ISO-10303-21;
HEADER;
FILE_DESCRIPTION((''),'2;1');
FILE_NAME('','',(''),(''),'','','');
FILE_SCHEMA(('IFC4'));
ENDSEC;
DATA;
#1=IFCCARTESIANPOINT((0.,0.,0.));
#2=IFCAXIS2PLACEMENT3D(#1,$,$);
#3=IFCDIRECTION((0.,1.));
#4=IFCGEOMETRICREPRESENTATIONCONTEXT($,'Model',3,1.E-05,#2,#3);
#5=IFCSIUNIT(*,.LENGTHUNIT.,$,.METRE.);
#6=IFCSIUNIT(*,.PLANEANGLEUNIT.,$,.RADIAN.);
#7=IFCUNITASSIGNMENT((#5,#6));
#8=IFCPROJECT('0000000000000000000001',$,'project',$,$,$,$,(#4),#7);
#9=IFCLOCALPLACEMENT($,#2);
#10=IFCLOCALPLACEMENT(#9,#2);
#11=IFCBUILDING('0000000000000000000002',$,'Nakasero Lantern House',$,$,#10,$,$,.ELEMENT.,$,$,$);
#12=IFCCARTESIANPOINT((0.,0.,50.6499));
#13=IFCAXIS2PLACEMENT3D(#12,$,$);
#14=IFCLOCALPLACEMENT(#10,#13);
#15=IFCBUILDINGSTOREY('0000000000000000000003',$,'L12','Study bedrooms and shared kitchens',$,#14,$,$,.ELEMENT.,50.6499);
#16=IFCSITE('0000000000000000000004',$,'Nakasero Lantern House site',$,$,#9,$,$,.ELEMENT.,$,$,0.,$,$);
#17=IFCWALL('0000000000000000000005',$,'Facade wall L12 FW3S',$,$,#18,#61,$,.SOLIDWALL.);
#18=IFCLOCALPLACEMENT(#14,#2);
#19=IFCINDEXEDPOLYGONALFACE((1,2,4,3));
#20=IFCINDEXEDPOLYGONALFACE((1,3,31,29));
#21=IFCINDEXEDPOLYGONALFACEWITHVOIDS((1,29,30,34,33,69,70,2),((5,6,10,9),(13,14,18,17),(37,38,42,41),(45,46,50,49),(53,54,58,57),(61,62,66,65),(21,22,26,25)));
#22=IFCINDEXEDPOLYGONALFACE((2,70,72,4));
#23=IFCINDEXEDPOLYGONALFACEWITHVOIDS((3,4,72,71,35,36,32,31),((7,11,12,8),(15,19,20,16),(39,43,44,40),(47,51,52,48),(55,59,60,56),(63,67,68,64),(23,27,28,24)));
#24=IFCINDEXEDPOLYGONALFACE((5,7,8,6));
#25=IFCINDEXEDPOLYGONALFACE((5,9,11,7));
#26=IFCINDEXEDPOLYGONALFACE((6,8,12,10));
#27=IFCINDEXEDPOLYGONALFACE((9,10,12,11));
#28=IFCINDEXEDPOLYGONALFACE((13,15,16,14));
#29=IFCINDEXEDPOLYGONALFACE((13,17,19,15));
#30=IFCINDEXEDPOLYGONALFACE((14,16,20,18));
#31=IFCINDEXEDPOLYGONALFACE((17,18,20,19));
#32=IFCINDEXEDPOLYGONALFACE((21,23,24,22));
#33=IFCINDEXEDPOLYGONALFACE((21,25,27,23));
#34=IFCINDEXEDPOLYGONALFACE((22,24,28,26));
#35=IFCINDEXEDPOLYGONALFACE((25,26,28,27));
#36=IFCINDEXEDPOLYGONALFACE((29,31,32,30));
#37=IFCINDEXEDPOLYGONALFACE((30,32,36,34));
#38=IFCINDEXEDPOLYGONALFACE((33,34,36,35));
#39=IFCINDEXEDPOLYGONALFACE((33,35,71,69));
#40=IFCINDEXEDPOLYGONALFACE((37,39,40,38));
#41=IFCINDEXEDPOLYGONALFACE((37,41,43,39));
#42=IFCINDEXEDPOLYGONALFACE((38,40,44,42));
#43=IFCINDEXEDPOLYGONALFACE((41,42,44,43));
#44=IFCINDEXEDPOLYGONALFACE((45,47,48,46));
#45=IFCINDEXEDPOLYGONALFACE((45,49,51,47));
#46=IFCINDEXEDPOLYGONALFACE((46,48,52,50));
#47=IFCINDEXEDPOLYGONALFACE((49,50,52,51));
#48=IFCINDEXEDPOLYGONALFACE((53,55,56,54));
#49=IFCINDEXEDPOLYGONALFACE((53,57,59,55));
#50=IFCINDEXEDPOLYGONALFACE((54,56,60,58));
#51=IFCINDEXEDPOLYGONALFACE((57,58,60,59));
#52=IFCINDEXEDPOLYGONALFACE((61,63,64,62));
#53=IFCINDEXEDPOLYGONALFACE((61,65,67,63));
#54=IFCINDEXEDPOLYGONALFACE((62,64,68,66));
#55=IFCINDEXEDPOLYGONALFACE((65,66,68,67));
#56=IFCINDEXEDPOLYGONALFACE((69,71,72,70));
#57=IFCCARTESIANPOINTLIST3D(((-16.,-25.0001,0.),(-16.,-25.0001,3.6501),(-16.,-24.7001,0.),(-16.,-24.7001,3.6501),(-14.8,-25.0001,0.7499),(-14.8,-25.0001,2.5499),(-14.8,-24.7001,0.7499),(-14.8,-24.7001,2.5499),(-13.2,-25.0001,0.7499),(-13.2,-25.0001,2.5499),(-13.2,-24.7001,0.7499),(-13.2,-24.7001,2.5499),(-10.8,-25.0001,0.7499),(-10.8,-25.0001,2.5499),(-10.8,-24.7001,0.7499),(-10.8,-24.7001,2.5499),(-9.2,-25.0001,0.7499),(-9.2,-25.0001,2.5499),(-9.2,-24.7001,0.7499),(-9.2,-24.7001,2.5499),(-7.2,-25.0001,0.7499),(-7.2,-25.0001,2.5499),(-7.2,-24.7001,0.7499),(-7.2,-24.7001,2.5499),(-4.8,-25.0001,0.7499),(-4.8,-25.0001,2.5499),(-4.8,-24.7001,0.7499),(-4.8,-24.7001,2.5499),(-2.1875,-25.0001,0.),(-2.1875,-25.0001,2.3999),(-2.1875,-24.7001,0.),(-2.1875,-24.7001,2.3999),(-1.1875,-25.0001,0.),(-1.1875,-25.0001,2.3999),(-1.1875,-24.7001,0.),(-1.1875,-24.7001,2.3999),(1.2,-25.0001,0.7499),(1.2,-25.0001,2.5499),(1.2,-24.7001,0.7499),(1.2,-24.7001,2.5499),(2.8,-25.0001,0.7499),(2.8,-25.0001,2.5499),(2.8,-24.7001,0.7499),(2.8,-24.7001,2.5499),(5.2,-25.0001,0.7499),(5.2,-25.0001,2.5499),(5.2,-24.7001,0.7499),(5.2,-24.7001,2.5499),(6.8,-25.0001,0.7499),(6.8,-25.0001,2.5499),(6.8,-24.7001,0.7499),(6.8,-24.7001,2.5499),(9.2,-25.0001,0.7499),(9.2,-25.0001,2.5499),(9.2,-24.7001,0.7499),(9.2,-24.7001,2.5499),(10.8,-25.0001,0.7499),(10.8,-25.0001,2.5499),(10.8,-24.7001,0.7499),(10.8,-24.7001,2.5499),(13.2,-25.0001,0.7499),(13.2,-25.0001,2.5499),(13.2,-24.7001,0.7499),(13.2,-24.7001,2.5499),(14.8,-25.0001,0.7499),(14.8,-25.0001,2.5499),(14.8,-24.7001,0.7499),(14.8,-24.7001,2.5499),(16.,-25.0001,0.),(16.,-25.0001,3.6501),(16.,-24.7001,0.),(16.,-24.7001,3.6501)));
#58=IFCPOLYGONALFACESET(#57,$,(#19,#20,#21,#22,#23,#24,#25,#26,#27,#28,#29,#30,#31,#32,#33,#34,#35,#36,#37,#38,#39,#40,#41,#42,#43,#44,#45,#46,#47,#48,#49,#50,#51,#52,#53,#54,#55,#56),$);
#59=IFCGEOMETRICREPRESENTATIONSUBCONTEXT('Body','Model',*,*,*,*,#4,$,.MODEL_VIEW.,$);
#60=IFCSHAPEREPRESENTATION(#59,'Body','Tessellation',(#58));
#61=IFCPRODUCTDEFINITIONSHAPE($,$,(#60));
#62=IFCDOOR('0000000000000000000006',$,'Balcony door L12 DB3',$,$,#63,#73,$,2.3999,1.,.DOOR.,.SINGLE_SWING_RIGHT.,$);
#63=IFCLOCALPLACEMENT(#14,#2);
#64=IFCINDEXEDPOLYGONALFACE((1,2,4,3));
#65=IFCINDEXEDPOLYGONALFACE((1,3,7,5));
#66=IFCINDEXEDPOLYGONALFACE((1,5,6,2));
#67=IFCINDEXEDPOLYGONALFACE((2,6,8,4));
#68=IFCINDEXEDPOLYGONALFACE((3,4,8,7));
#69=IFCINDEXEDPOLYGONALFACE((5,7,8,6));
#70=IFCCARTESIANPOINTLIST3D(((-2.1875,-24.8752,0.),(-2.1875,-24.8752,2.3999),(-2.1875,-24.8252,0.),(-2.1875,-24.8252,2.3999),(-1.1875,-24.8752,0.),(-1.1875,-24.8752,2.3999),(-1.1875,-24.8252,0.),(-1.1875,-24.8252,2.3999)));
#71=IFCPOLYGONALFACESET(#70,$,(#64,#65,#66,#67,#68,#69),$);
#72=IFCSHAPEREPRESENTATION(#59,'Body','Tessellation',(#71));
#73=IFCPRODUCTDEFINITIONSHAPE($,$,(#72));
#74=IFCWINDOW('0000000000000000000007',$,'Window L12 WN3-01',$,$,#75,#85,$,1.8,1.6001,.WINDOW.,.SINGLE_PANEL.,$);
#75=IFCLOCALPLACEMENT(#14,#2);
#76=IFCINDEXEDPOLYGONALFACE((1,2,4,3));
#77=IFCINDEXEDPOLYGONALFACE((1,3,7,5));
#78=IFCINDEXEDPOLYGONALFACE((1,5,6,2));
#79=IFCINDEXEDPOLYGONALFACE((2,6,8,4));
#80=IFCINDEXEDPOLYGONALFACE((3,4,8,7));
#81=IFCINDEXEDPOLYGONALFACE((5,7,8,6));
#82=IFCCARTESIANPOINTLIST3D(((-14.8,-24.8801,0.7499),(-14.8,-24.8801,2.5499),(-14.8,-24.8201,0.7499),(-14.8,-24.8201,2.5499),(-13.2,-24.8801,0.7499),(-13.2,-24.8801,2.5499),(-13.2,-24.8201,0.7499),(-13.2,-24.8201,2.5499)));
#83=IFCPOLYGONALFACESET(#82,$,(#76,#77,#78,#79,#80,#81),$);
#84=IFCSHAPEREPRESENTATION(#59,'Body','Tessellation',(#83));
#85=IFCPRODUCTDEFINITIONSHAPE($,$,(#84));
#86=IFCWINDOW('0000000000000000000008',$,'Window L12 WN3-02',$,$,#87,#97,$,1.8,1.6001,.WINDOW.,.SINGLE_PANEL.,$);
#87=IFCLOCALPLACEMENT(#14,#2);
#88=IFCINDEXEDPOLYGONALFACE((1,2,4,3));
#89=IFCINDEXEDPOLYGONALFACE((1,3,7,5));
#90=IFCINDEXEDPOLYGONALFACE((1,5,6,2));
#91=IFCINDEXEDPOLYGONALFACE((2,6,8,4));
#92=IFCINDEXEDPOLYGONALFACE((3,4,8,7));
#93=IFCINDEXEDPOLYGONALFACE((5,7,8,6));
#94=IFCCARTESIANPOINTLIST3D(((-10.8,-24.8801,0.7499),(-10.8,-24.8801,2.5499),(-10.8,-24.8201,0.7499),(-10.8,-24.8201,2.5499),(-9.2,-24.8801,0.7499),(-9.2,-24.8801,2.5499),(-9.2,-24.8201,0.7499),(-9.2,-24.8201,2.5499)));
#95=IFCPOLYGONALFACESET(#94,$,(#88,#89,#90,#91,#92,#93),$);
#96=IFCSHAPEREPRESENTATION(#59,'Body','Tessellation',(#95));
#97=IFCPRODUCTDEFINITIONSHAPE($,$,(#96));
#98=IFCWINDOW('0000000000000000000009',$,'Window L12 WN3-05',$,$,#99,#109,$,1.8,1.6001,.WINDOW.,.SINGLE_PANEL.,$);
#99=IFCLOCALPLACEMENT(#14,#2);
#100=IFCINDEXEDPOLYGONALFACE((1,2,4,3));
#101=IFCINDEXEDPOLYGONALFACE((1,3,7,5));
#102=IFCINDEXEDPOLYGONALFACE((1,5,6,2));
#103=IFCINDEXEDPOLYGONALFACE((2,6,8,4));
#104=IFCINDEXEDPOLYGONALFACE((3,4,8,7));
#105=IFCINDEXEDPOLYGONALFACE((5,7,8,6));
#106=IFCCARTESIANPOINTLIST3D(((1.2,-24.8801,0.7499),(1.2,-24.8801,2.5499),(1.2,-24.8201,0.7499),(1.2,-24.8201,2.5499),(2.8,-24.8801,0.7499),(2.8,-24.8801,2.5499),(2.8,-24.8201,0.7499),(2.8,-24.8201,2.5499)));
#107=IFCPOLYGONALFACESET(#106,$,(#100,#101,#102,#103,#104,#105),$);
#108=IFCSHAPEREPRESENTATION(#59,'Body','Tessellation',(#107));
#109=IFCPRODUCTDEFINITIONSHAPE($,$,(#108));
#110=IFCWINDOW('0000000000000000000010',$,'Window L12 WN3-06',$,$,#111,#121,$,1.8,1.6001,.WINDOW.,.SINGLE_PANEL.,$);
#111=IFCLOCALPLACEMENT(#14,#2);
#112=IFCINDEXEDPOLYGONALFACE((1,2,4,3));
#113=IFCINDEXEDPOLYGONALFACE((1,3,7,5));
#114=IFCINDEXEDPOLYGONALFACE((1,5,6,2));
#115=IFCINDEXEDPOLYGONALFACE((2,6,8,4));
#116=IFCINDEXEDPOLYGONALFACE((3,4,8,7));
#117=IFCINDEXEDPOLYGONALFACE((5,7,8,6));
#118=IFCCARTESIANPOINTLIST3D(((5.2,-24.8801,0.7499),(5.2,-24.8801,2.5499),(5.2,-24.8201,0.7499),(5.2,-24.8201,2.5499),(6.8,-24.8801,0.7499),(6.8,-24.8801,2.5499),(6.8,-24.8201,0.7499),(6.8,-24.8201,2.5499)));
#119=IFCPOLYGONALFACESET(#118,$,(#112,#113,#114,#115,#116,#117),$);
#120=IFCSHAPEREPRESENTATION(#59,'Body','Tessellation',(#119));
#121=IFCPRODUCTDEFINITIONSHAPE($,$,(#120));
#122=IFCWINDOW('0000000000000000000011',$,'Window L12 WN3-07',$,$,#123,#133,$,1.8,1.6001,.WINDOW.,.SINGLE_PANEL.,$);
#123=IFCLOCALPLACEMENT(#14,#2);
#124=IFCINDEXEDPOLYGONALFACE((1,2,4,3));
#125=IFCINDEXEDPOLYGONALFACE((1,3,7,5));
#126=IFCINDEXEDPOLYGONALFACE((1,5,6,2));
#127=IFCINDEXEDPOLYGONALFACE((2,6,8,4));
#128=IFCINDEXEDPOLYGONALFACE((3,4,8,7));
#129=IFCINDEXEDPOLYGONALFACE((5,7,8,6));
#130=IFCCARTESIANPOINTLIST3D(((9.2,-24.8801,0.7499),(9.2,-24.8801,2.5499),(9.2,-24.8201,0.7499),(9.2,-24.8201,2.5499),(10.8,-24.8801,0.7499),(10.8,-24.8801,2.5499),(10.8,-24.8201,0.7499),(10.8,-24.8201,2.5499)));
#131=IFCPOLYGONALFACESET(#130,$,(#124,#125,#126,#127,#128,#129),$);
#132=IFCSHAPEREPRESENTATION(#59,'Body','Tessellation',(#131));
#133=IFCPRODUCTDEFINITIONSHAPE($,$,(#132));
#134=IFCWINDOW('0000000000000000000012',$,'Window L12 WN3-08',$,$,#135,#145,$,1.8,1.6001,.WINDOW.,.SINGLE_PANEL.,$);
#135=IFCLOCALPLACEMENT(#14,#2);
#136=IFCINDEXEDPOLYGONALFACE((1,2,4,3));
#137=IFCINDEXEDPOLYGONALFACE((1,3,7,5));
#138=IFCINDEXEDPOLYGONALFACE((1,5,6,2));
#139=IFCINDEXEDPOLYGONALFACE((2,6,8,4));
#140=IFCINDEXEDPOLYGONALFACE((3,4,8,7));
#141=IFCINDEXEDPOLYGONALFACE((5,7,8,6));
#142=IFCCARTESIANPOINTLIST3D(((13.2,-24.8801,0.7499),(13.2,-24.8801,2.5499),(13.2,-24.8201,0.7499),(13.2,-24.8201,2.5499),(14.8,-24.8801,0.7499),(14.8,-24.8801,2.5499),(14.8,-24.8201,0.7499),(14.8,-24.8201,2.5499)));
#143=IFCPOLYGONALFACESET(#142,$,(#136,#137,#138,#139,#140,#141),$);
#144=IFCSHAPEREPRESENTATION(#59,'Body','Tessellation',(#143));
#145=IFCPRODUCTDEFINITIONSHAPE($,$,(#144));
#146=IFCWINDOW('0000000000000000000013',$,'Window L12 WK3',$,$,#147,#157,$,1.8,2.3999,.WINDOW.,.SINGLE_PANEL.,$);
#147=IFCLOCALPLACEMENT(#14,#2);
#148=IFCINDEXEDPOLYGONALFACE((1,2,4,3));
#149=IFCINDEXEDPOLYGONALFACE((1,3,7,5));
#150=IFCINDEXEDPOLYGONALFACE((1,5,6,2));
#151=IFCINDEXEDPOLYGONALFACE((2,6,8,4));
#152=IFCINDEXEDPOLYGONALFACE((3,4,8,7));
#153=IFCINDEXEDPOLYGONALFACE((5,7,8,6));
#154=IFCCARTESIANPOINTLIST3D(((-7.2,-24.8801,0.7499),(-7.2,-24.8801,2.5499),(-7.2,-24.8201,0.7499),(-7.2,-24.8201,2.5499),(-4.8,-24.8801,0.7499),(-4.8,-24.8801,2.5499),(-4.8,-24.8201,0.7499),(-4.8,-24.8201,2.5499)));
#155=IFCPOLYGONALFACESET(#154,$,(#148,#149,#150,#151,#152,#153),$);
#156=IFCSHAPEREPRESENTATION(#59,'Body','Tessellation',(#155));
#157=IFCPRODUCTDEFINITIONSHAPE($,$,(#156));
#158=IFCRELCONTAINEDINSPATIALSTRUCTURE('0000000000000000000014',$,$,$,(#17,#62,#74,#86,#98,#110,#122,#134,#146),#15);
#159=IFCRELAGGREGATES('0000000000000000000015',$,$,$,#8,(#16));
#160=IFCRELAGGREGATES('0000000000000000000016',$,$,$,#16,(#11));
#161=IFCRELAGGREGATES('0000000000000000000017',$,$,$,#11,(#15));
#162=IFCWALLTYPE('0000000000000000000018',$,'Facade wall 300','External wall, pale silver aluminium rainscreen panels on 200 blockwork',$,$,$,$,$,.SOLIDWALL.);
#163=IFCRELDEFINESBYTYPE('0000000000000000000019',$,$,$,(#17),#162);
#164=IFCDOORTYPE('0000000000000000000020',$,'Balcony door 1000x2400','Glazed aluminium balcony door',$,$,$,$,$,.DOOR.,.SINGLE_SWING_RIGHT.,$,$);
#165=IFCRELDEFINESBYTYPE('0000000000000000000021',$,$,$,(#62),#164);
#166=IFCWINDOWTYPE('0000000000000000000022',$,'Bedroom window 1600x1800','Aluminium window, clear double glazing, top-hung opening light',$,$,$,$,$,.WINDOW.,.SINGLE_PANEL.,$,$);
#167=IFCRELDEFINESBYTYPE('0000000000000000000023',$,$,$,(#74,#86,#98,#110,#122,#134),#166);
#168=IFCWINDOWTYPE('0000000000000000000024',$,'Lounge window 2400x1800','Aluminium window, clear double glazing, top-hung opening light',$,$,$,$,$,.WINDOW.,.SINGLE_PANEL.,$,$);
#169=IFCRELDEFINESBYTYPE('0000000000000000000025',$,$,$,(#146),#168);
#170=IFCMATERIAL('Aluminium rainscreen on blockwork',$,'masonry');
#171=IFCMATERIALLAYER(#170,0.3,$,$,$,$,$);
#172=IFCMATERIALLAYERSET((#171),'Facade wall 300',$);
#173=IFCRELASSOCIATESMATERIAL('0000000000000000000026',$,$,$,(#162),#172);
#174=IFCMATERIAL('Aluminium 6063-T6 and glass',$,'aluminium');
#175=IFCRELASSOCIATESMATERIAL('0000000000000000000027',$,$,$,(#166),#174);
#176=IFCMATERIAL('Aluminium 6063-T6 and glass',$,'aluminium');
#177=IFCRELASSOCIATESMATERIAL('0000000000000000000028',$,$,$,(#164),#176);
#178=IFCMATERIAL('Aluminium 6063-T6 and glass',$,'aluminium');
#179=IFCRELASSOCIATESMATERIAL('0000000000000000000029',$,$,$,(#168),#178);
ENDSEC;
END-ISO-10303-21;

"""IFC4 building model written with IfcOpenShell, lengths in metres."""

from ifc_helpers import new_model, si_unit, direction, frame, frame_2d, origin, place, context, subcontext, project, spatial, rectangle, extrude, material, layer, layer_set, type_object, element, fill, save


model = new_model("IFC4")

# Units and contexts
model_context = context("Model", 3, precision=1e-05, world=origin(), true_north=direction((0.0, 1.0)))
body_context = subcontext(model_context, "Body", "Model", "MODEL_VIEW")
ifc_project = project(units=[si_unit("LENGTHUNIT", "METRE"), si_unit("PLANEANGLEUNIT", "RADIAN")], contexts=[model_context])

# Site, building, storey
site_placement = place(None, origin())
site = spatial("IfcSite", under=ifc_project, at=site_placement, Name="Nakasero Lantern House site", CompositionType="ELEMENT", RefElevation=0.0)
building_placement = place(site_placement, origin())
building = spatial("IfcBuilding", under=site, at=building_placement, Name="Nakasero Lantern House", CompositionType="ELEMENT")
storey_placement = place(building_placement, frame((0.0, 0.0, 50.6499)))
storey = spatial("IfcBuildingStorey", under=building, at=storey_placement, Name="L12", Description="Study bedrooms and shared kitchens", CompositionType="ELEMENT", Elevation=50.6499)

# Shared definitions
ifc_material_1 = material(Name="Aluminium rainscreen on blockwork", Category="masonry")
ifc_layer_1 = layer(ifc_material_1, 0.3)
ifc_layer_set_1 = layer_set([ifc_layer_1], Name="Facade wall 300")
wall_type_1 = type_object("IfcWallType", Name="Facade wall 300", Description="External wall, pale silver aluminium rainscreen panels on 200 blockwork", PredefinedType="SOLIDWALL", material=ifc_layer_set_1)
ifc_material_2 = material(Name="Aluminium 6063-T6 and glass", Category="aluminium")
window_type_1 = type_object("IfcWindowType", Name="Bedroom window 1600x1800", Description="Aluminium window, clear double glazing, top-hung opening light", PartitioningType="SINGLE_PANEL", PredefinedType="WINDOW", material=ifc_material_2)

# Wall, openings, door, windows
wall_1_placement = place(storey_placement, frame((-16.0, -24.8501, 0.0), z_axis=(0.0, 0.0, 1.0), x_axis=(1.0, 0.0, 0.0)))
wall_1 = element("IfcWall", 1, at=wall_1_placement, inside=storey, type_object=wall_type_1, Name="Facade wall L12 FW3S", PredefinedType="SOLIDWALL", context=body_context, shape_type="SweptSolid", body=[
    extrude(rectangle(XDim=32.0, YDim=0.3, at=frame_2d((16.0, 0.0))), origin(), (0.0, 0.0, 1.0), 3.6501),
])
opening_1_placement = place(wall_1_placement, frame((1.2, 0.0, 0.75)))
opening_1 = element("IfcOpeningElement", 2, at=opening_1_placement, cuts=wall_1, PredefinedType="OPENING", context=body_context, shape_type="SweptSolid", body=[
    extrude(rectangle(XDim=1.6001, YDim=1.8, at=frame_2d((0.8, 0.8999))), frame((0.0, 0.1699, 0.0), z_axis=(0.0, -1.0, 0.0), x_axis=(1.0, 0.0, 0.0)), (0.0, 0.0, 1.0), 0.3401),
])
opening_2_placement = place(wall_1_placement, frame((5.2, 0.0, 0.75)))
opening_2 = element("IfcOpeningElement", 3, at=opening_2_placement, cuts=wall_1, PredefinedType="OPENING", context=body_context, shape_type="SweptSolid", body=[
    extrude(rectangle(XDim=1.6001, YDim=1.8, at=frame_2d((0.8, 0.8999))), frame((0.0, 0.1699, 0.0), z_axis=(0.0, -1.0, 0.0), x_axis=(1.0, 0.0, 0.0)), (0.0, 0.0, 1.0), 0.3401),
])
opening_3_placement = place(wall_1_placement, frame((17.2, 0.0, 0.75)))
opening_3 = element("IfcOpeningElement", 4, at=opening_3_placement, cuts=wall_1, PredefinedType="OPENING", context=body_context, shape_type="SweptSolid", body=[
    extrude(rectangle(XDim=1.6001, YDim=1.8, at=frame_2d((0.8, 0.8999))), frame((0.0, 0.1699, 0.0), z_axis=(0.0, -1.0, 0.0), x_axis=(1.0, 0.0, 0.0)), (0.0, 0.0, 1.0), 0.3401),
])
opening_4_placement = place(wall_1_placement, frame((21.2, 0.0, 0.75)))
opening_4 = element("IfcOpeningElement", 5, at=opening_4_placement, cuts=wall_1, PredefinedType="OPENING", context=body_context, shape_type="SweptSolid", body=[
    extrude(rectangle(XDim=1.6001, YDim=1.8, at=frame_2d((0.8, 0.8999))), frame((0.0, 0.1699, 0.0), z_axis=(0.0, -1.0, 0.0), x_axis=(1.0, 0.0, 0.0)), (0.0, 0.0, 1.0), 0.3401),
])
opening_5_placement = place(wall_1_placement, frame((25.2, 0.0, 0.75)))
opening_5 = element("IfcOpeningElement", 6, at=opening_5_placement, cuts=wall_1, PredefinedType="OPENING", context=body_context, shape_type="SweptSolid", body=[
    extrude(rectangle(XDim=1.6001, YDim=1.8, at=frame_2d((0.8, 0.8999))), frame((0.0, 0.1699, 0.0), z_axis=(0.0, -1.0, 0.0), x_axis=(1.0, 0.0, 0.0)), (0.0, 0.0, 1.0), 0.3401),
])
opening_6_placement = place(wall_1_placement, frame((29.2, 0.0, 0.75)))
opening_6 = element("IfcOpeningElement", 7, at=opening_6_placement, cuts=wall_1, PredefinedType="OPENING", context=body_context, shape_type="SweptSolid", body=[
    extrude(rectangle(XDim=1.6001, YDim=1.8, at=frame_2d((0.8, 0.8999))), frame((0.0, 0.1699, 0.0), z_axis=(0.0, -1.0, 0.0), x_axis=(1.0, 0.0, 0.0)), (0.0, 0.0, 1.0), 0.3401),
])
opening_7_placement = place(wall_1_placement, frame((8.8, 0.0, 0.75)))
opening_7 = element("IfcOpeningElement", 8, at=opening_7_placement, cuts=wall_1, PredefinedType="OPENING", context=body_context, shape_type="SweptSolid", body=[
    extrude(rectangle(XDim=2.3999, YDim=1.8, at=frame_2d((1.2, 0.8999))), frame((0.0, 0.1699, 0.0), z_axis=(0.0, -1.0, 0.0), x_axis=(1.0, 0.0, 0.0)), (0.0, 0.0, 1.0), 0.3401),
])
opening_8_placement = place(wall_1_placement, frame((13.8125, 0.0, 0.0)))
opening_8 = element("IfcOpeningElement", 9, at=opening_8_placement, cuts=wall_1, PredefinedType="OPENING", context=body_context, shape_type="SweptSolid", body=[
    extrude(rectangle(XDim=1.0, YDim=2.3999, at=frame_2d((0.5, 1.2))), frame((0.0, 0.1699, 0.0), z_axis=(0.0, -1.0, 0.0), x_axis=(1.0, 0.0, 0.0)), (0.0, 0.0, 1.0), 0.3401),
])
ifc_material_3 = material(Name="Aluminium 6063-T6 and glass", Category="aluminium")
door_type_1 = type_object("IfcDoorType", Name="Balcony door 1000x2400", Description="Glazed aluminium balcony door", OperationType="SINGLE_SWING_RIGHT", PredefinedType="DOOR", material=ifc_material_3)
door_1_placement = place(opening_8_placement, origin())
door_1 = element("IfcDoor", 10, at=door_1_placement, inside=storey, type_object=door_type_1, Name="Balcony door L12 DB3", OperationType="SINGLE_SWING_RIGHT", OverallHeight=2.3999, OverallWidth=1.0, PredefinedType="DOOR", context=body_context, shape_type="SweptSolid", body=[
    extrude(rectangle(XDim=1.0, YDim=2.3999, at=frame_2d((0.5, 1.2))), frame((0.0, 0.0249, 0.0), z_axis=(0.0, -1.0, 0.0), x_axis=(1.0, 0.0, 0.0)), (0.0, 0.0, 1.0), 0.05),
])
fill(opening_8, door_1)
window_1_placement = place(opening_1_placement, origin())
window_1 = element("IfcWindow", 11, at=window_1_placement, inside=storey, type_object=window_type_1, Name="Window L12 WN3-01", OverallHeight=1.8, OverallWidth=1.6001, PartitioningType="SINGLE_PANEL", PredefinedType="WINDOW", context=body_context, shape_type="SweptSolid", body=[
    extrude(rectangle(XDim=1.6001, YDim=1.8, at=frame_2d((0.8, 0.8999))), frame((0.0, 0.03, 0.0), z_axis=(0.0, -1.0, 0.0), x_axis=(1.0, 0.0, 0.0)), (0.0, 0.0, 1.0), 0.0601),
])
fill(opening_1, window_1)
window_2_placement = place(opening_2_placement, origin())
window_2 = element("IfcWindow", 12, at=window_2_placement, inside=storey, type_object=window_type_1, Name="Window L12 WN3-02", OverallHeight=1.8, OverallWidth=1.6001, PartitioningType="SINGLE_PANEL", PredefinedType="WINDOW", context=body_context, shape_type="SweptSolid", body=[
    extrude(rectangle(XDim=1.6001, YDim=1.8, at=frame_2d((0.8, 0.8999))), frame((0.0, 0.03, 0.0), z_axis=(0.0, -1.0, 0.0), x_axis=(1.0, 0.0, 0.0)), (0.0, 0.0, 1.0), 0.0601),
])
fill(opening_2, window_2)
window_3_placement = place(opening_3_placement, origin())
window_3 = element("IfcWindow", 13, at=window_3_placement, inside=storey, type_object=window_type_1, Name="Window L12 WN3-05", OverallHeight=1.8, OverallWidth=1.6001, PartitioningType="SINGLE_PANEL", PredefinedType="WINDOW", context=body_context, shape_type="SweptSolid", body=[
    extrude(rectangle(XDim=1.6001, YDim=1.8, at=frame_2d((0.8, 0.8999))), frame((0.0, 0.03, 0.0), z_axis=(0.0, -1.0, 0.0), x_axis=(1.0, 0.0, 0.0)), (0.0, 0.0, 1.0), 0.0601),
])
fill(opening_3, window_3)
window_4_placement = place(opening_4_placement, origin())
window_4 = element("IfcWindow", 14, at=window_4_placement, inside=storey, type_object=window_type_1, Name="Window L12 WN3-06", OverallHeight=1.8, OverallWidth=1.6001, PartitioningType="SINGLE_PANEL", PredefinedType="WINDOW", context=body_context, shape_type="SweptSolid", body=[
    extrude(rectangle(XDim=1.6001, YDim=1.8, at=frame_2d((0.8, 0.8999))), frame((0.0, 0.03, 0.0), z_axis=(0.0, -1.0, 0.0), x_axis=(1.0, 0.0, 0.0)), (0.0, 0.0, 1.0), 0.0601),
])
fill(opening_4, window_4)
window_5_placement = place(opening_5_placement, origin())
window_5 = element("IfcWindow", 15, at=window_5_placement, inside=storey, type_object=window_type_1, Name="Window L12 WN3-07", OverallHeight=1.8, OverallWidth=1.6001, PartitioningType="SINGLE_PANEL", PredefinedType="WINDOW", context=body_context, shape_type="SweptSolid", body=[
    extrude(rectangle(XDim=1.6001, YDim=1.8, at=frame_2d((0.8, 0.8999))), frame((0.0, 0.03, 0.0), z_axis=(0.0, -1.0, 0.0), x_axis=(1.0, 0.0, 0.0)), (0.0, 0.0, 1.0), 0.0601),
])
fill(opening_5, window_5)
window_6_placement = place(opening_6_placement, origin())
window_6 = element("IfcWindow", 16, at=window_6_placement, inside=storey, type_object=window_type_1, Name="Window L12 WN3-08", OverallHeight=1.8, OverallWidth=1.6001, PartitioningType="SINGLE_PANEL", PredefinedType="WINDOW", context=body_context, shape_type="SweptSolid", body=[
    extrude(rectangle(XDim=1.6001, YDim=1.8, at=frame_2d((0.8, 0.8999))), frame((0.0, 0.03, 0.0), z_axis=(0.0, -1.0, 0.0), x_axis=(1.0, 0.0, 0.0)), (0.0, 0.0, 1.0), 0.0601),
])
fill(opening_6, window_6)
ifc_material_4 = material(Name="Aluminium 6063-T6 and glass", Category="aluminium")
window_type_2 = type_object("IfcWindowType", Name="Lounge window 2400x1800", Description="Aluminium window, clear double glazing, top-hung opening light", PartitioningType="SINGLE_PANEL", PredefinedType="WINDOW", material=ifc_material_4)
window_7_placement = place(opening_7_placement, origin())
window_7 = element("IfcWindow", 17, at=window_7_placement, inside=storey, type_object=window_type_2, Name="Window L12 WK3", OverallHeight=1.8, OverallWidth=2.3999, PartitioningType="SINGLE_PANEL", PredefinedType="WINDOW", context=body_context, shape_type="SweptSolid", body=[
    extrude(rectangle(XDim=2.3999, YDim=1.8, at=frame_2d((1.2, 0.8999))), frame((0.0, 0.03, 0.0), z_axis=(0.0, -1.0, 0.0), x_axis=(1.0, 0.0, 0.0)), (0.0, 0.0, 1.0), 0.0601),
])
fill(opening_7, window_7)

save(model, "model.ifc")
